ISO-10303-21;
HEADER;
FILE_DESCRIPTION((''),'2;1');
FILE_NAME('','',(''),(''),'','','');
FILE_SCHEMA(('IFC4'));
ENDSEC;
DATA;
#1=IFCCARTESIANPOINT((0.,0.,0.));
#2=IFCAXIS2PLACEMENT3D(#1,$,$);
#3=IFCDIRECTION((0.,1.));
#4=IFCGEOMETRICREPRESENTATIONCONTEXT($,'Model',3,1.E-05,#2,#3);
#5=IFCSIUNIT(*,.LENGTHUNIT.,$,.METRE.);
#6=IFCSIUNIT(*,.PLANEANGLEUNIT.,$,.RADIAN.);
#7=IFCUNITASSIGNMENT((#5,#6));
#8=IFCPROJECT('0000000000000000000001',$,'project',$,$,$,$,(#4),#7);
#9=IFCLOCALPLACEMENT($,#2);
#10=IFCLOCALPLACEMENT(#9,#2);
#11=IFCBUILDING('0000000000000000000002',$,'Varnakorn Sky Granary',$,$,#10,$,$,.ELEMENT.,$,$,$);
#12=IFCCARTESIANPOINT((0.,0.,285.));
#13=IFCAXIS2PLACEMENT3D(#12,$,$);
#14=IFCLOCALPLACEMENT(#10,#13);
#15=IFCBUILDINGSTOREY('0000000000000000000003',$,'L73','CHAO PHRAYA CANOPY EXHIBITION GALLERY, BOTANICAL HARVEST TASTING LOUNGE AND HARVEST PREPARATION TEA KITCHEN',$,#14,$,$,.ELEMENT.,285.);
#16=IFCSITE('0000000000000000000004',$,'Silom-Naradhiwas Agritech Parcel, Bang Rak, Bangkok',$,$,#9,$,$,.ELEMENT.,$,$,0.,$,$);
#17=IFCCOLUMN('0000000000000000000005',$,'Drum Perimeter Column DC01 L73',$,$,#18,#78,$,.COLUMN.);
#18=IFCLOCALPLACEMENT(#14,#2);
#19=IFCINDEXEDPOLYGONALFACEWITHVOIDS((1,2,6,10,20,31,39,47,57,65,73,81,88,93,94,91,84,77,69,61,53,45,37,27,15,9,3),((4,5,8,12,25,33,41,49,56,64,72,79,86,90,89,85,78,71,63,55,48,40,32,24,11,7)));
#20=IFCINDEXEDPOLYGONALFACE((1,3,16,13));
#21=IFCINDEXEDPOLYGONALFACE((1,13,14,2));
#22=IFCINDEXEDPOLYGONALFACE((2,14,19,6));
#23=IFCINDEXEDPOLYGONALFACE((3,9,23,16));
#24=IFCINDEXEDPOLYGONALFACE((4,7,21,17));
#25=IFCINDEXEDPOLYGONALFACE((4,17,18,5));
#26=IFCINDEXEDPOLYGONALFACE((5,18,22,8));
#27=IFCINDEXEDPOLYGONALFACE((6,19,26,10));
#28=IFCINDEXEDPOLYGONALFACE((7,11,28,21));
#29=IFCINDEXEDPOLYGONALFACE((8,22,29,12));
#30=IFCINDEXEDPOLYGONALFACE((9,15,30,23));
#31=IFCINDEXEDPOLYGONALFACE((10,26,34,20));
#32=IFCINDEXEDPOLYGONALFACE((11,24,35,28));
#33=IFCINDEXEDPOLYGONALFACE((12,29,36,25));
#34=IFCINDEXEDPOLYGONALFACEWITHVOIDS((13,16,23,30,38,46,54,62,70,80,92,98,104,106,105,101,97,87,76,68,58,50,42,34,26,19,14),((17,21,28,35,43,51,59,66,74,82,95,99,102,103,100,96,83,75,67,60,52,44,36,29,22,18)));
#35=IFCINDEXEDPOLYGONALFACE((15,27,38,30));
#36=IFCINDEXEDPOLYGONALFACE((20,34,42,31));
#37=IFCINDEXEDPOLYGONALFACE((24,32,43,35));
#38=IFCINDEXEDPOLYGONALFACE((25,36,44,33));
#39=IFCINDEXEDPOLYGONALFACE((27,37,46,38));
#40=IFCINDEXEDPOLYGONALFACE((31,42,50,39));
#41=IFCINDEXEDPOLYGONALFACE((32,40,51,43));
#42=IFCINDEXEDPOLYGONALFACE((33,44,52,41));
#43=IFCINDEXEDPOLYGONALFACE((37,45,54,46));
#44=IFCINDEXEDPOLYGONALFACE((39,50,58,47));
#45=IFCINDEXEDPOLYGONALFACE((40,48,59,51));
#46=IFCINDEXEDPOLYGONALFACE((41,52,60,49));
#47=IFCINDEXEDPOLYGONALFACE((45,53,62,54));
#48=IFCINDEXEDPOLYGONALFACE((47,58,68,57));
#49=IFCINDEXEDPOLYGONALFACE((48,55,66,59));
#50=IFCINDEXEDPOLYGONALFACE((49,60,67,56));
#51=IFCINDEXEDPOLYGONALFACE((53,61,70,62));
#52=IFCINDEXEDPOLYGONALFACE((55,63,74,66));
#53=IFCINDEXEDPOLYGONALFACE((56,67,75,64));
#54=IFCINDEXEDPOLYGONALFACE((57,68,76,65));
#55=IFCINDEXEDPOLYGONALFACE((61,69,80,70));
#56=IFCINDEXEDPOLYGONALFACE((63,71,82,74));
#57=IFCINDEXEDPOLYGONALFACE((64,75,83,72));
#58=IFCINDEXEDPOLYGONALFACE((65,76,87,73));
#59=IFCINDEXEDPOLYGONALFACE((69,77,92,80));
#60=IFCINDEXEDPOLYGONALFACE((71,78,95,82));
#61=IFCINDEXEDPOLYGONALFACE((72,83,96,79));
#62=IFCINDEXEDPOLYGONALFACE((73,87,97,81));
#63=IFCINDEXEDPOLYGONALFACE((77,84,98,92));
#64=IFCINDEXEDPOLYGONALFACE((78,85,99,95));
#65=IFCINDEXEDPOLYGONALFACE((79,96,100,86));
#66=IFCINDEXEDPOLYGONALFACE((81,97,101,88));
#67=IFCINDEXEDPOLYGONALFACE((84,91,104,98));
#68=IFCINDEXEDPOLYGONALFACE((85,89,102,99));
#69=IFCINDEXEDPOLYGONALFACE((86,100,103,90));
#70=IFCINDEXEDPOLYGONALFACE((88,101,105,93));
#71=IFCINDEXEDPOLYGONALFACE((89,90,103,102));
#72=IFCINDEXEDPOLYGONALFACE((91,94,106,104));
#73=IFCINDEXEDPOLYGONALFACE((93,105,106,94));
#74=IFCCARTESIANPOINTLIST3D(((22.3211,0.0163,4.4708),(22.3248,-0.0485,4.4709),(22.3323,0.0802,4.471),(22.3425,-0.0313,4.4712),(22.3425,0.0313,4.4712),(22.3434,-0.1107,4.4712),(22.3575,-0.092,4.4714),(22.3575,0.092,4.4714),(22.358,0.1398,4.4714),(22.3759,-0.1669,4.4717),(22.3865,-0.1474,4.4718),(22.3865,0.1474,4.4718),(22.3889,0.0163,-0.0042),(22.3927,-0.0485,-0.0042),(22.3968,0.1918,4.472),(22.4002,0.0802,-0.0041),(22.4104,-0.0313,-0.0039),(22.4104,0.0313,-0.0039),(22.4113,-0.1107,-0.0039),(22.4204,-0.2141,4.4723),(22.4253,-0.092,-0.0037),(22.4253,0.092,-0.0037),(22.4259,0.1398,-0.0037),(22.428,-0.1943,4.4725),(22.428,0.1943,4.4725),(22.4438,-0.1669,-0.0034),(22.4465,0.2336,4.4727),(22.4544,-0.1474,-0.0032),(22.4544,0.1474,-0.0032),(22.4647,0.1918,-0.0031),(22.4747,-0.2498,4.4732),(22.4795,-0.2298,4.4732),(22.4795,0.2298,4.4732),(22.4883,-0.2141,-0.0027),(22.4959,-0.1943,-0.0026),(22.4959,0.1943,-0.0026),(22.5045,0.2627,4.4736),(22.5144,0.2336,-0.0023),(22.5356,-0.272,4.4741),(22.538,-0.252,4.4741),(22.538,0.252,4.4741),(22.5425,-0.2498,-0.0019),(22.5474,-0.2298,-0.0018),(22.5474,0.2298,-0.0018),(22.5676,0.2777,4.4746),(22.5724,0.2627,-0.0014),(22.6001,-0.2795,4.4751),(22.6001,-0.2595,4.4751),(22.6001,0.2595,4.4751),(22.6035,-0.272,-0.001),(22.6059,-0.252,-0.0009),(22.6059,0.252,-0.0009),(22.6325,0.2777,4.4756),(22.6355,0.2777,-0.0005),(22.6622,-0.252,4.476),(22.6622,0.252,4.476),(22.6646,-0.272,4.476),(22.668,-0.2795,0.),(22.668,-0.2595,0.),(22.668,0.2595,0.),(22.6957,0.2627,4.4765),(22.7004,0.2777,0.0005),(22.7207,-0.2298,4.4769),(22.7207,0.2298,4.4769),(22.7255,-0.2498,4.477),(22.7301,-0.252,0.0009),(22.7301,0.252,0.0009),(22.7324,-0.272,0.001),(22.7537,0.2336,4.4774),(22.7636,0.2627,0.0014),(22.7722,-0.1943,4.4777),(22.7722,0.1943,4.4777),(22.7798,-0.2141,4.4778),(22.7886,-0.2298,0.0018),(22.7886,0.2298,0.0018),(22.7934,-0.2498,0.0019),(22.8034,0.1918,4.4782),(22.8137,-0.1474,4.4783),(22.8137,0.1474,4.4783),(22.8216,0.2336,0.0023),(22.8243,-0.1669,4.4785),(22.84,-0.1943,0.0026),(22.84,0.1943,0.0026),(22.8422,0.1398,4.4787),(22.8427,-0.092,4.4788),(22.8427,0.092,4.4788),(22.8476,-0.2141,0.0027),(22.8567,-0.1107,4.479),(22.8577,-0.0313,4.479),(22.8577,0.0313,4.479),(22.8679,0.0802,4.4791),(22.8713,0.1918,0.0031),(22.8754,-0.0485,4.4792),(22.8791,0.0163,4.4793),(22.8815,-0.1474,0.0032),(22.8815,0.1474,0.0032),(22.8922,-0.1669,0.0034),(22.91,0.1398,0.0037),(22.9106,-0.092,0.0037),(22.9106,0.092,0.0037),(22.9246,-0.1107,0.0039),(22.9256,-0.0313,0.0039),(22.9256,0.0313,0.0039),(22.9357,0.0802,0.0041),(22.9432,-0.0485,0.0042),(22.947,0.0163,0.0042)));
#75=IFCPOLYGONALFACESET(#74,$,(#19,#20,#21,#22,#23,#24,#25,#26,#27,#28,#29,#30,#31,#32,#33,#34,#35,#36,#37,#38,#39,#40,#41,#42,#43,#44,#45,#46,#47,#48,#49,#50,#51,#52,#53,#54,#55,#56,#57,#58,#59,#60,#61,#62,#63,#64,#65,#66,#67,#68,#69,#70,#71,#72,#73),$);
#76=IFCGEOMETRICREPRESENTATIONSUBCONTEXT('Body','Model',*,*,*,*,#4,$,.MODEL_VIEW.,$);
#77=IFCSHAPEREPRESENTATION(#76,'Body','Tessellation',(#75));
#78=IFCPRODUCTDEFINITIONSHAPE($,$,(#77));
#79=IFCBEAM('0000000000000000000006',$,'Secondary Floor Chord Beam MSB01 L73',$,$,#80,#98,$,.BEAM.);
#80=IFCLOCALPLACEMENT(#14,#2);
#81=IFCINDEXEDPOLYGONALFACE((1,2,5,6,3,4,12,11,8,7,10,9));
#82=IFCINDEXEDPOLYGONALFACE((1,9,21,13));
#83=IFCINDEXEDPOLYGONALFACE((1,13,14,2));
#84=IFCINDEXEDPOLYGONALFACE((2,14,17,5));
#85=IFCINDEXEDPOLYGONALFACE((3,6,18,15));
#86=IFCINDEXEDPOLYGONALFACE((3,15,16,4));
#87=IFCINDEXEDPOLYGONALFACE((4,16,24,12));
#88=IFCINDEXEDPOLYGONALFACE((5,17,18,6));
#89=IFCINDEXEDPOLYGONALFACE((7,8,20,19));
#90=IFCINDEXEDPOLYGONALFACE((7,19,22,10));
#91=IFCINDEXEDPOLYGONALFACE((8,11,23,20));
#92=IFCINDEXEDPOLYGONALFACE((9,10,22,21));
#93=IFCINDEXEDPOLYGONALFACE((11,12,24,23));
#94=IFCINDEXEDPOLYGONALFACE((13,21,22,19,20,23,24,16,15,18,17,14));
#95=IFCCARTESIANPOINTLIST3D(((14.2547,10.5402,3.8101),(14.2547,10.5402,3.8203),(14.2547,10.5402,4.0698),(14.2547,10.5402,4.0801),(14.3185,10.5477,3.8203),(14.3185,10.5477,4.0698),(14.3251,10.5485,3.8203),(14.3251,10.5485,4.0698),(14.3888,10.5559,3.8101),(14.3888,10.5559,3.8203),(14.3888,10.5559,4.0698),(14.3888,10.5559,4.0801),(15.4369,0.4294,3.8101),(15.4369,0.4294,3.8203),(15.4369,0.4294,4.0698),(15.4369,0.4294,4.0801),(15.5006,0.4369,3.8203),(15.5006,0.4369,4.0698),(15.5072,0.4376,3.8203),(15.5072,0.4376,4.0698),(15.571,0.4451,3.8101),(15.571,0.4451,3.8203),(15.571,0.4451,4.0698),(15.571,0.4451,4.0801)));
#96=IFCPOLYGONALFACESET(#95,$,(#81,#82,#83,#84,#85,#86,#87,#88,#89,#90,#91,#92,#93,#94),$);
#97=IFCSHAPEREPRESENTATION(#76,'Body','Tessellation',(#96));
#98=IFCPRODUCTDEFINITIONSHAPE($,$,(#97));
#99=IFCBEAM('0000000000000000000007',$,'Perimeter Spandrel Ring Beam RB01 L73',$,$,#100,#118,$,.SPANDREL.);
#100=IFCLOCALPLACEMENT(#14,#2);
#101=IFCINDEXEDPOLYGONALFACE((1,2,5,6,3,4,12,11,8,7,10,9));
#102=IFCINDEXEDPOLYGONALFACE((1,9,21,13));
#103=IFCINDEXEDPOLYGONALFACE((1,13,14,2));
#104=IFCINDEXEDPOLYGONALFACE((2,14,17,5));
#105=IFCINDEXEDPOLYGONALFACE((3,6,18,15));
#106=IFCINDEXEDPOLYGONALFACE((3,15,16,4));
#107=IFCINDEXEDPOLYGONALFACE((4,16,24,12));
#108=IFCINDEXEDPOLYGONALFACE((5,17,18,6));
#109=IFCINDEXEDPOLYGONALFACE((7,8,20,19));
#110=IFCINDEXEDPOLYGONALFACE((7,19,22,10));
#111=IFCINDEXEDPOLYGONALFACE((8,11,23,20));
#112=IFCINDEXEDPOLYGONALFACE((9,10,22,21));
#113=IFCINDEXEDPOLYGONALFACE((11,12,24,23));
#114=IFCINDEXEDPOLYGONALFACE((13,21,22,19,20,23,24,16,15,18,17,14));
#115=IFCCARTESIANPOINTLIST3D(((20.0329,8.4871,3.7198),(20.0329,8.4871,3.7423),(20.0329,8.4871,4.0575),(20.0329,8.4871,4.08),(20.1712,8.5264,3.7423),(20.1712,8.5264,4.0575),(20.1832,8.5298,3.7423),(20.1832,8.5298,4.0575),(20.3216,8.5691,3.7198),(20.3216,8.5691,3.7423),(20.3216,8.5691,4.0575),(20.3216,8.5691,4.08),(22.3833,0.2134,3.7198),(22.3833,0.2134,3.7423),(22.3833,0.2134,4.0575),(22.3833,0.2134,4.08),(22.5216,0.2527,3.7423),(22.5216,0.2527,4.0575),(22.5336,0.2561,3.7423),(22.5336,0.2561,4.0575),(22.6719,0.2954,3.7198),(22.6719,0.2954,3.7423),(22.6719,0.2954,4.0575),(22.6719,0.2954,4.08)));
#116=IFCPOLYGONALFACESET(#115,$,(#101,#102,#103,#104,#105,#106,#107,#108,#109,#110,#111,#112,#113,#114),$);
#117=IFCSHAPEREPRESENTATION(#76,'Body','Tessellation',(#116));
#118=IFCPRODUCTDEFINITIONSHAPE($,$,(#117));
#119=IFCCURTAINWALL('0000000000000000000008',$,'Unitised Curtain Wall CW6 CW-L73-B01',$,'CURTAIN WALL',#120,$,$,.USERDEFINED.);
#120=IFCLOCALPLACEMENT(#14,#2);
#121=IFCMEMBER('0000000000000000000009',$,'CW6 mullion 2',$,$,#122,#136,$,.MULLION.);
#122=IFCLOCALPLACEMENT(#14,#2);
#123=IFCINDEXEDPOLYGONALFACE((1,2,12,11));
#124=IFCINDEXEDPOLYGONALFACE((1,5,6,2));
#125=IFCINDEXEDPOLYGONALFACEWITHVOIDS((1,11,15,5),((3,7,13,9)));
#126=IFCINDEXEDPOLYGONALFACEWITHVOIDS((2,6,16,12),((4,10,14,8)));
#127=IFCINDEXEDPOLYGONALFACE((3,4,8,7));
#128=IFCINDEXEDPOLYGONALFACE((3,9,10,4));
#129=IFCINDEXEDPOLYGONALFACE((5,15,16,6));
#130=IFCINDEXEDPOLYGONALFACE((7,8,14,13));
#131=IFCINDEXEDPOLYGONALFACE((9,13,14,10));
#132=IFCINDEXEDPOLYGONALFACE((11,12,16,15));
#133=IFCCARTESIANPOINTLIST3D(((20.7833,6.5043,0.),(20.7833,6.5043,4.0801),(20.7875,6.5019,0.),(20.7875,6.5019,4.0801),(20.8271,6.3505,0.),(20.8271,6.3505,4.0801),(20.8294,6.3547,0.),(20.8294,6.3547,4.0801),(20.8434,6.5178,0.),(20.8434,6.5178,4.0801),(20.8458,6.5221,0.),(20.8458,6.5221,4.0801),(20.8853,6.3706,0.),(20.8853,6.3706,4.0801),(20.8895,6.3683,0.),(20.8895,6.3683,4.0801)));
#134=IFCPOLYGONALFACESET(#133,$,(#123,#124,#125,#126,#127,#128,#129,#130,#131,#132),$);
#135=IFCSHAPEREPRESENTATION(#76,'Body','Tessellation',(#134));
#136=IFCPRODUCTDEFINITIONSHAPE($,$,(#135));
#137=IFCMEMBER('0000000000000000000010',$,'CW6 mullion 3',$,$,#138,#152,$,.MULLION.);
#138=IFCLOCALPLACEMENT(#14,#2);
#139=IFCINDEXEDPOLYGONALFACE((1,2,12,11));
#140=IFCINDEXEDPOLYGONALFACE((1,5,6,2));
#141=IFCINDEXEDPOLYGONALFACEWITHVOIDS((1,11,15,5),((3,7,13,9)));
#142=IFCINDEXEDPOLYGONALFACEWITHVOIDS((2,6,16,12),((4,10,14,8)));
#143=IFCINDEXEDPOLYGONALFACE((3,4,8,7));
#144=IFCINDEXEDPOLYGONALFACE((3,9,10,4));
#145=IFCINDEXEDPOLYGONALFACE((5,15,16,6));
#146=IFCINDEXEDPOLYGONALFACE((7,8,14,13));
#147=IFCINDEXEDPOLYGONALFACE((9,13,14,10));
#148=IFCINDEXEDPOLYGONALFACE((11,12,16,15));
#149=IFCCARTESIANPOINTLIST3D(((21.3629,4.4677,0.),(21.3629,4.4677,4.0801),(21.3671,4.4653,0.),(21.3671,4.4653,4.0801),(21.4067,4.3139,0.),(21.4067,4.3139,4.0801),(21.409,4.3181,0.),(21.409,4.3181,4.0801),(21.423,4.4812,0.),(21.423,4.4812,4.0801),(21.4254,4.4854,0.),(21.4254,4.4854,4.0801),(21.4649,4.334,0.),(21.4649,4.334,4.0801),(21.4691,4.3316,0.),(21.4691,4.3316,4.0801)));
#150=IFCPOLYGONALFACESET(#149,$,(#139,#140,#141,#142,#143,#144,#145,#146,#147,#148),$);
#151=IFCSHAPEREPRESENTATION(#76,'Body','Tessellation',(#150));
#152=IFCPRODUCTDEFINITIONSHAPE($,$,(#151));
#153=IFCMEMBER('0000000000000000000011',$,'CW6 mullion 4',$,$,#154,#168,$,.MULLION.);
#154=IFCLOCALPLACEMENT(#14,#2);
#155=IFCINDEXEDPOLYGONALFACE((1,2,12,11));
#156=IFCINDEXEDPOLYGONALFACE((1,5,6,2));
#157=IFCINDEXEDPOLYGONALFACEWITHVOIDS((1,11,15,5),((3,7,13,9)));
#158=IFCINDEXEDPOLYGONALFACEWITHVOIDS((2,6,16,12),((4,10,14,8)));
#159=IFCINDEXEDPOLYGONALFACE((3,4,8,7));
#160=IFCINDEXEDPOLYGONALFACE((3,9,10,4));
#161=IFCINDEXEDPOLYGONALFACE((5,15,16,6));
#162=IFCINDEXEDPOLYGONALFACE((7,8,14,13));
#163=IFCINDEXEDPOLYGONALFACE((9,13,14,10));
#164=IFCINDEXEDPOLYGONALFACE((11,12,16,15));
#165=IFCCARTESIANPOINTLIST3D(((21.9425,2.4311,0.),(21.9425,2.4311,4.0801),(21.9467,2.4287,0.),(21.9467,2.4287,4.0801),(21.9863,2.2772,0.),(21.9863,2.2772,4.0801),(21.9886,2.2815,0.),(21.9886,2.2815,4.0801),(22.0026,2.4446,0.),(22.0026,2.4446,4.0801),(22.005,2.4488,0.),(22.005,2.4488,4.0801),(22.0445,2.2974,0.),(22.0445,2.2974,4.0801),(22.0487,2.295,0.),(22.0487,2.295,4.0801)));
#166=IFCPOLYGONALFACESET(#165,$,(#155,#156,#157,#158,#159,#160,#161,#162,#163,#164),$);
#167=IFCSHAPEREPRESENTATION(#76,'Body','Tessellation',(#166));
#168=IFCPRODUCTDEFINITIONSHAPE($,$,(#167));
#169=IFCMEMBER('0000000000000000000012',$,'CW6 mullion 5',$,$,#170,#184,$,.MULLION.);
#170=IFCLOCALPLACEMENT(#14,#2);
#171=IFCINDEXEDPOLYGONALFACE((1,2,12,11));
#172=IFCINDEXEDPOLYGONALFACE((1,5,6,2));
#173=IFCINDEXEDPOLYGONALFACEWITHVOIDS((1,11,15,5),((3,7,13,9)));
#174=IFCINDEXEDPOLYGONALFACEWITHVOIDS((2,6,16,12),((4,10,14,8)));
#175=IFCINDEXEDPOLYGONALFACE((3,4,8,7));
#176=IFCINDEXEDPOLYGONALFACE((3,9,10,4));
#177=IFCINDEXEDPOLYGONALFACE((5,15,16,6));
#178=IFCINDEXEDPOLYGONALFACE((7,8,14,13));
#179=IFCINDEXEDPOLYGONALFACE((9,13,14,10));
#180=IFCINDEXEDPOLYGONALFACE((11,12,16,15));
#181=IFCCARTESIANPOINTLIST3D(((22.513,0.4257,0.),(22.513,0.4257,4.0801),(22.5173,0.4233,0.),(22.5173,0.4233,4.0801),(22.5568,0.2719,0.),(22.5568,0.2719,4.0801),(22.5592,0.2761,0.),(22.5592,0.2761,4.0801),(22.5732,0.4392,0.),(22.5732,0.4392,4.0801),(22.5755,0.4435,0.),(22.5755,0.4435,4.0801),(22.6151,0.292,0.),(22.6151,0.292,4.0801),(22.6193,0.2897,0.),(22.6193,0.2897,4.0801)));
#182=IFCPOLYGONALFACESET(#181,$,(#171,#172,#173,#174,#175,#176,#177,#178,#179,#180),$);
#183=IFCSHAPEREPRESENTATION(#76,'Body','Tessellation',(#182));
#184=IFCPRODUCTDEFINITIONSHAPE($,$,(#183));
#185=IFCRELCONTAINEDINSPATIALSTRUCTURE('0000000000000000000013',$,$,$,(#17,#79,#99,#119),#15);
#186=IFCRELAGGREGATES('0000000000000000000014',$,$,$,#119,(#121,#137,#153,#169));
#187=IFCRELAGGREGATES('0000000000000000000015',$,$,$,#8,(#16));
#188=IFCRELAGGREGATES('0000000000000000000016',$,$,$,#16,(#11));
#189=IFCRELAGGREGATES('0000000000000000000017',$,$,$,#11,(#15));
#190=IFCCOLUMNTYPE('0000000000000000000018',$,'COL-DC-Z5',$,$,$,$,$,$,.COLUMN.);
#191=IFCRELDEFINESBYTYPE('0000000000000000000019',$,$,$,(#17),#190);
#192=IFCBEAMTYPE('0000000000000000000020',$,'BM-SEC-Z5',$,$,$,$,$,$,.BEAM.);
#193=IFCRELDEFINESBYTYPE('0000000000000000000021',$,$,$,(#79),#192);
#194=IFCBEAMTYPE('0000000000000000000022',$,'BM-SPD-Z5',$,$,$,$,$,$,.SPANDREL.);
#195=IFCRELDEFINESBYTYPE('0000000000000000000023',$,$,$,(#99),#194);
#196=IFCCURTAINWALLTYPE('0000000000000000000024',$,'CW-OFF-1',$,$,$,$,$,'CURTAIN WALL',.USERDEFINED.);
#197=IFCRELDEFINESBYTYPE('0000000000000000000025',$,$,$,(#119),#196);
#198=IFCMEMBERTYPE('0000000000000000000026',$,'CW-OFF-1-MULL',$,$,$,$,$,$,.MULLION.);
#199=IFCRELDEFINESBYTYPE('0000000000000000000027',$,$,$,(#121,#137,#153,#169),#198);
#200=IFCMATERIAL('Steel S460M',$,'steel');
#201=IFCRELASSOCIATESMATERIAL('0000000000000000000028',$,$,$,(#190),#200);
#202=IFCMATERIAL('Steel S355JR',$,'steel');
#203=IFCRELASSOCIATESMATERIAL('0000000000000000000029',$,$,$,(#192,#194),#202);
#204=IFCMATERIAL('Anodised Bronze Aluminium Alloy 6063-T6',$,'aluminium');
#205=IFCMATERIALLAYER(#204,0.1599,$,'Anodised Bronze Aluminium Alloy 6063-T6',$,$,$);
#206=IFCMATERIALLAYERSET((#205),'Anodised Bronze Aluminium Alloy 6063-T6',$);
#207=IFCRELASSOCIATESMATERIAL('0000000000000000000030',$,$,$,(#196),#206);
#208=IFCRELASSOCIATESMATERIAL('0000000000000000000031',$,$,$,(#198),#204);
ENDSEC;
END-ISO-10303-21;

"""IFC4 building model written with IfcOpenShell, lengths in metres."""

from ifc_helpers import new_model, si_unit, direction, frame, origin, origin_2d, place, context, subcontext, project, spatial, hollow_rectangle, hollow_circle, i_section, extrude, material, layer, layer_set, material_profile, profile_set, type_object, element, aggregate, save


model = new_model("IFC4")

# Units and contexts
model_context = context("Model", 3, precision=1e-05, world=origin(), true_north=direction((0.0, 1.0)))
body_context = subcontext(model_context, "Body", "Model", "MODEL_VIEW")
ifc_project = project(units=[si_unit("LENGTHUNIT", "METRE"), si_unit("PLANEANGLEUNIT", "RADIAN")], contexts=[model_context])

# Site, building, storey
site_placement = place(None, origin())
site = spatial("IfcSite", under=ifc_project, at=site_placement, Name="Silom-Naradhiwas Agritech Parcel, Bang Rak, Bangkok", CompositionType="ELEMENT", RefElevation=0.0)
building_placement = place(site_placement, origin())
building = spatial("IfcBuilding", under=site, at=building_placement, Name="Varnakorn Sky Granary", CompositionType="ELEMENT")
storey_placement = place(building_placement, frame((0.0, 0.0, 285.0)))
storey = spatial("IfcBuildingStorey", under=building, at=storey_placement, Name="L73", Description="CHAO PHRAYA CANOPY EXHIBITION GALLERY, BOTANICAL HARVEST TASTING LOUNGE AND HARVEST PREPARATION TEA KITCHEN", CompositionType="ELEMENT", Elevation=285.0)

# Column
ifc_material_1 = material(Name="Steel S460M", Category="steel")
ifc_material_profile_1 = material_profile(ifc_material_1, hollow_circle(Radius=0.2795, WallThickness=0.02, at=origin_2d()), Name="CHS 559x20")
ifc_profile_set_1 = profile_set([ifc_material_profile_1], Name="Steel S460M")
column_type = type_object("IfcColumnType", Name="COL-DC-Z5", PredefinedType="COLUMN", material=ifc_profile_set_1)
column_placement = place(storey_placement, frame((22.668, 0.0, 0.0), z_axis=(-0.015165, 0.0, 0.999885), x_axis=(0.0, -1.0, 0.0)))
element("IfcColumn", 1, at=column_placement, inside=storey, type_object=column_type, Name="Drum Perimeter Column DC01 L73", PredefinedType="COLUMN", context=body_context, shape_type="SweptSolid", body=[
    extrude(hollow_circle(Radius=0.2795, WallThickness=0.02, at=origin_2d()), origin(), (0.0, 0.0, 1.0), 4.4756),
])

# Beams
ifc_material_2 = material(Name="Steel S355JR", Category="steel")
ifc_material_profile_2 = material_profile(ifc_material_2, i_section(OverallWidth=0.135, OverallDepth=0.27, WebThickness=0.0066, FlangeThickness=0.0103, at=origin_2d()), Name="IPE 270")
ifc_profile_set_2 = profile_set([ifc_material_profile_2], Name="Steel S355JR")
beam_type_1 = type_object("IfcBeamType", Name="BM-SEC-Z5", PredefinedType="BEAM", material=ifc_profile_set_2)
beam_1_placement = place(storey_placement, frame((15.5039, 0.4373, 3.9451), z_axis=(-0.116126, 0.993234, 0.0), x_axis=(-0.993234, -0.116126, 0.0)))
element("IfcBeam", 2, at=beam_1_placement, inside=storey, type_object=beam_type_1, Name="Secondary Floor Chord Beam MSB01 L73", PredefinedType="BEAM", context=body_context, shape_type="SweptSolid", body=[
    extrude(i_section(OverallWidth=0.135, OverallDepth=0.27, WebThickness=0.0066, FlangeThickness=0.0103, at=origin_2d()), origin(), (0.0, 0.0, 1.0), 10.1797),
])
ifc_material_profile_3 = material_profile(ifc_material_2, i_section(OverallWidth=0.3, OverallDepth=0.3601, WebThickness=0.0125, FlangeThickness=0.0225, at=origin_2d()), Name="HE 360 B")
ifc_profile_set_3 = profile_set([ifc_material_profile_3], Name="Steel S355JR")
beam_type_2 = type_object("IfcBeamType", Name="BM-SPD-Z5", PredefinedType="SPANDREL", material=ifc_profile_set_3)
beam_2_placement = place(storey_placement, frame((22.5276, 0.2544, 3.8999), z_axis=(-0.273262, 0.96194, 0.0), x_axis=(-0.96194, -0.273262, 0.0)))
element("IfcBeam", 3, at=beam_2_placement, inside=storey, type_object=beam_type_2, Name="Perimeter Spandrel Ring Beam RB01 L73", PredefinedType="SPANDREL", context=body_context, shape_type="SweptSolid", body=[
    extrude(i_section(OverallWidth=0.3, OverallDepth=0.3601, WebThickness=0.0125, FlangeThickness=0.0225, at=origin_2d()), origin(), (0.0, 0.0, 1.0), 8.6011),
])

# Curtain wall, members
ifc_material_3 = material(Name="Anodised Bronze Aluminium Alloy 6063-T6", Category="aluminium")
ifc_layer_1 = layer(ifc_material_3, 0.1599, Name="Anodised Bronze Aluminium Alloy 6063-T6")
ifc_layer_set_1 = layer_set([ifc_layer_1], Name="Anodised Bronze Aluminium Alloy 6063-T6")
curtain_wall_type = type_object("IfcCurtainWallType", Name="CW-OFF-1", ElementType="CURTAIN WALL", PredefinedType="USERDEFINED", material=ifc_layer_set_1)
curtain_wall_placement = place(storey_placement, origin())
curtain_wall = element("IfcCurtainWall", 4, at=curtain_wall_placement, inside=storey, type_object=curtain_wall_type, Name="Unitised Curtain Wall CW6 CW-L73-B01", ObjectType="CURTAIN WALL", PredefinedType="USERDEFINED")
ifc_material_profile_4 = material_profile(ifc_material_3, hollow_rectangle(XDim=0.0649, YDim=0.1599, WallThickness=0.0034, at=origin_2d()), Name="ALU MULL 65x160")
ifc_profile_set_4 = profile_set([ifc_material_profile_4], Name="Anodised Bronze Aluminium Alloy 6063-T6")
member_type_1 = type_object("IfcMemberType", Name="CW-OFF-1-MULL", PredefinedType="MULLION", material=ifc_profile_set_4)
member_1_placement = place(storey_placement, frame((20.8364, 6.4363, 0.0), z_axis=(0.0, 0.0, 1.0), x_axis=(0.961813, 0.273709, 0.0)))
member_1 = element("IfcMember", 5, at=member_1_placement, type_object=member_type_1, Name="CW6 mullion 2", PredefinedType="MULLION", context=body_context, shape_type="SweptSolid", body=[
    extrude(hollow_rectangle(XDim=0.0649, YDim=0.1599, WallThickness=0.0034, at=origin_2d()), origin(), (0.0, 0.0, 1.0), 4.0801),
])
member_2_placement = place(storey_placement, frame((21.416, 4.3997, 0.0), z_axis=(0.0, 0.0, 1.0), x_axis=(0.961813, 0.273709, 0.0)))
member_2 = element("IfcMember", 6, at=member_2_placement, type_object=member_type_1, Name="CW6 mullion 3", PredefinedType="MULLION", context=body_context, shape_type="SweptSolid", body=[
    extrude(hollow_rectangle(XDim=0.0649, YDim=0.1599, WallThickness=0.0034, at=origin_2d()), origin(), (0.0, 0.0, 1.0), 4.0801),
])
member_3_placement = place(storey_placement, frame((21.9956, 2.363, 0.0), z_axis=(0.0, 0.0, 1.0), x_axis=(0.961813, 0.273709, 0.0)))
member_3 = element("IfcMember", 7, at=member_3_placement, type_object=member_type_1, Name="CW6 mullion 4", PredefinedType="MULLION", context=body_context, shape_type="SweptSolid", body=[
    extrude(hollow_rectangle(XDim=0.0649, YDim=0.1599, WallThickness=0.0034, at=origin_2d()), origin(), (0.0, 0.0, 1.0), 4.0801),
])
member_4_placement = place(storey_placement, frame((22.5662, 0.3577, 0.0), z_axis=(0.0, 0.0, 1.0), x_axis=(0.961813, 0.273709, 0.0)))
member_4 = element("IfcMember", 8, at=member_4_placement, type_object=member_type_1, Name="CW6 mullion 5", PredefinedType="MULLION", context=body_context, shape_type="SweptSolid", body=[
    extrude(hollow_rectangle(XDim=0.0649, YDim=0.1599, WallThickness=0.0034, at=origin_2d()), origin(), (0.0, 0.0, 1.0), 4.0801),
])

aggregate(curtain_wall, [member_1, member_2, member_3, member_4])

save(model, "model.ifc")
